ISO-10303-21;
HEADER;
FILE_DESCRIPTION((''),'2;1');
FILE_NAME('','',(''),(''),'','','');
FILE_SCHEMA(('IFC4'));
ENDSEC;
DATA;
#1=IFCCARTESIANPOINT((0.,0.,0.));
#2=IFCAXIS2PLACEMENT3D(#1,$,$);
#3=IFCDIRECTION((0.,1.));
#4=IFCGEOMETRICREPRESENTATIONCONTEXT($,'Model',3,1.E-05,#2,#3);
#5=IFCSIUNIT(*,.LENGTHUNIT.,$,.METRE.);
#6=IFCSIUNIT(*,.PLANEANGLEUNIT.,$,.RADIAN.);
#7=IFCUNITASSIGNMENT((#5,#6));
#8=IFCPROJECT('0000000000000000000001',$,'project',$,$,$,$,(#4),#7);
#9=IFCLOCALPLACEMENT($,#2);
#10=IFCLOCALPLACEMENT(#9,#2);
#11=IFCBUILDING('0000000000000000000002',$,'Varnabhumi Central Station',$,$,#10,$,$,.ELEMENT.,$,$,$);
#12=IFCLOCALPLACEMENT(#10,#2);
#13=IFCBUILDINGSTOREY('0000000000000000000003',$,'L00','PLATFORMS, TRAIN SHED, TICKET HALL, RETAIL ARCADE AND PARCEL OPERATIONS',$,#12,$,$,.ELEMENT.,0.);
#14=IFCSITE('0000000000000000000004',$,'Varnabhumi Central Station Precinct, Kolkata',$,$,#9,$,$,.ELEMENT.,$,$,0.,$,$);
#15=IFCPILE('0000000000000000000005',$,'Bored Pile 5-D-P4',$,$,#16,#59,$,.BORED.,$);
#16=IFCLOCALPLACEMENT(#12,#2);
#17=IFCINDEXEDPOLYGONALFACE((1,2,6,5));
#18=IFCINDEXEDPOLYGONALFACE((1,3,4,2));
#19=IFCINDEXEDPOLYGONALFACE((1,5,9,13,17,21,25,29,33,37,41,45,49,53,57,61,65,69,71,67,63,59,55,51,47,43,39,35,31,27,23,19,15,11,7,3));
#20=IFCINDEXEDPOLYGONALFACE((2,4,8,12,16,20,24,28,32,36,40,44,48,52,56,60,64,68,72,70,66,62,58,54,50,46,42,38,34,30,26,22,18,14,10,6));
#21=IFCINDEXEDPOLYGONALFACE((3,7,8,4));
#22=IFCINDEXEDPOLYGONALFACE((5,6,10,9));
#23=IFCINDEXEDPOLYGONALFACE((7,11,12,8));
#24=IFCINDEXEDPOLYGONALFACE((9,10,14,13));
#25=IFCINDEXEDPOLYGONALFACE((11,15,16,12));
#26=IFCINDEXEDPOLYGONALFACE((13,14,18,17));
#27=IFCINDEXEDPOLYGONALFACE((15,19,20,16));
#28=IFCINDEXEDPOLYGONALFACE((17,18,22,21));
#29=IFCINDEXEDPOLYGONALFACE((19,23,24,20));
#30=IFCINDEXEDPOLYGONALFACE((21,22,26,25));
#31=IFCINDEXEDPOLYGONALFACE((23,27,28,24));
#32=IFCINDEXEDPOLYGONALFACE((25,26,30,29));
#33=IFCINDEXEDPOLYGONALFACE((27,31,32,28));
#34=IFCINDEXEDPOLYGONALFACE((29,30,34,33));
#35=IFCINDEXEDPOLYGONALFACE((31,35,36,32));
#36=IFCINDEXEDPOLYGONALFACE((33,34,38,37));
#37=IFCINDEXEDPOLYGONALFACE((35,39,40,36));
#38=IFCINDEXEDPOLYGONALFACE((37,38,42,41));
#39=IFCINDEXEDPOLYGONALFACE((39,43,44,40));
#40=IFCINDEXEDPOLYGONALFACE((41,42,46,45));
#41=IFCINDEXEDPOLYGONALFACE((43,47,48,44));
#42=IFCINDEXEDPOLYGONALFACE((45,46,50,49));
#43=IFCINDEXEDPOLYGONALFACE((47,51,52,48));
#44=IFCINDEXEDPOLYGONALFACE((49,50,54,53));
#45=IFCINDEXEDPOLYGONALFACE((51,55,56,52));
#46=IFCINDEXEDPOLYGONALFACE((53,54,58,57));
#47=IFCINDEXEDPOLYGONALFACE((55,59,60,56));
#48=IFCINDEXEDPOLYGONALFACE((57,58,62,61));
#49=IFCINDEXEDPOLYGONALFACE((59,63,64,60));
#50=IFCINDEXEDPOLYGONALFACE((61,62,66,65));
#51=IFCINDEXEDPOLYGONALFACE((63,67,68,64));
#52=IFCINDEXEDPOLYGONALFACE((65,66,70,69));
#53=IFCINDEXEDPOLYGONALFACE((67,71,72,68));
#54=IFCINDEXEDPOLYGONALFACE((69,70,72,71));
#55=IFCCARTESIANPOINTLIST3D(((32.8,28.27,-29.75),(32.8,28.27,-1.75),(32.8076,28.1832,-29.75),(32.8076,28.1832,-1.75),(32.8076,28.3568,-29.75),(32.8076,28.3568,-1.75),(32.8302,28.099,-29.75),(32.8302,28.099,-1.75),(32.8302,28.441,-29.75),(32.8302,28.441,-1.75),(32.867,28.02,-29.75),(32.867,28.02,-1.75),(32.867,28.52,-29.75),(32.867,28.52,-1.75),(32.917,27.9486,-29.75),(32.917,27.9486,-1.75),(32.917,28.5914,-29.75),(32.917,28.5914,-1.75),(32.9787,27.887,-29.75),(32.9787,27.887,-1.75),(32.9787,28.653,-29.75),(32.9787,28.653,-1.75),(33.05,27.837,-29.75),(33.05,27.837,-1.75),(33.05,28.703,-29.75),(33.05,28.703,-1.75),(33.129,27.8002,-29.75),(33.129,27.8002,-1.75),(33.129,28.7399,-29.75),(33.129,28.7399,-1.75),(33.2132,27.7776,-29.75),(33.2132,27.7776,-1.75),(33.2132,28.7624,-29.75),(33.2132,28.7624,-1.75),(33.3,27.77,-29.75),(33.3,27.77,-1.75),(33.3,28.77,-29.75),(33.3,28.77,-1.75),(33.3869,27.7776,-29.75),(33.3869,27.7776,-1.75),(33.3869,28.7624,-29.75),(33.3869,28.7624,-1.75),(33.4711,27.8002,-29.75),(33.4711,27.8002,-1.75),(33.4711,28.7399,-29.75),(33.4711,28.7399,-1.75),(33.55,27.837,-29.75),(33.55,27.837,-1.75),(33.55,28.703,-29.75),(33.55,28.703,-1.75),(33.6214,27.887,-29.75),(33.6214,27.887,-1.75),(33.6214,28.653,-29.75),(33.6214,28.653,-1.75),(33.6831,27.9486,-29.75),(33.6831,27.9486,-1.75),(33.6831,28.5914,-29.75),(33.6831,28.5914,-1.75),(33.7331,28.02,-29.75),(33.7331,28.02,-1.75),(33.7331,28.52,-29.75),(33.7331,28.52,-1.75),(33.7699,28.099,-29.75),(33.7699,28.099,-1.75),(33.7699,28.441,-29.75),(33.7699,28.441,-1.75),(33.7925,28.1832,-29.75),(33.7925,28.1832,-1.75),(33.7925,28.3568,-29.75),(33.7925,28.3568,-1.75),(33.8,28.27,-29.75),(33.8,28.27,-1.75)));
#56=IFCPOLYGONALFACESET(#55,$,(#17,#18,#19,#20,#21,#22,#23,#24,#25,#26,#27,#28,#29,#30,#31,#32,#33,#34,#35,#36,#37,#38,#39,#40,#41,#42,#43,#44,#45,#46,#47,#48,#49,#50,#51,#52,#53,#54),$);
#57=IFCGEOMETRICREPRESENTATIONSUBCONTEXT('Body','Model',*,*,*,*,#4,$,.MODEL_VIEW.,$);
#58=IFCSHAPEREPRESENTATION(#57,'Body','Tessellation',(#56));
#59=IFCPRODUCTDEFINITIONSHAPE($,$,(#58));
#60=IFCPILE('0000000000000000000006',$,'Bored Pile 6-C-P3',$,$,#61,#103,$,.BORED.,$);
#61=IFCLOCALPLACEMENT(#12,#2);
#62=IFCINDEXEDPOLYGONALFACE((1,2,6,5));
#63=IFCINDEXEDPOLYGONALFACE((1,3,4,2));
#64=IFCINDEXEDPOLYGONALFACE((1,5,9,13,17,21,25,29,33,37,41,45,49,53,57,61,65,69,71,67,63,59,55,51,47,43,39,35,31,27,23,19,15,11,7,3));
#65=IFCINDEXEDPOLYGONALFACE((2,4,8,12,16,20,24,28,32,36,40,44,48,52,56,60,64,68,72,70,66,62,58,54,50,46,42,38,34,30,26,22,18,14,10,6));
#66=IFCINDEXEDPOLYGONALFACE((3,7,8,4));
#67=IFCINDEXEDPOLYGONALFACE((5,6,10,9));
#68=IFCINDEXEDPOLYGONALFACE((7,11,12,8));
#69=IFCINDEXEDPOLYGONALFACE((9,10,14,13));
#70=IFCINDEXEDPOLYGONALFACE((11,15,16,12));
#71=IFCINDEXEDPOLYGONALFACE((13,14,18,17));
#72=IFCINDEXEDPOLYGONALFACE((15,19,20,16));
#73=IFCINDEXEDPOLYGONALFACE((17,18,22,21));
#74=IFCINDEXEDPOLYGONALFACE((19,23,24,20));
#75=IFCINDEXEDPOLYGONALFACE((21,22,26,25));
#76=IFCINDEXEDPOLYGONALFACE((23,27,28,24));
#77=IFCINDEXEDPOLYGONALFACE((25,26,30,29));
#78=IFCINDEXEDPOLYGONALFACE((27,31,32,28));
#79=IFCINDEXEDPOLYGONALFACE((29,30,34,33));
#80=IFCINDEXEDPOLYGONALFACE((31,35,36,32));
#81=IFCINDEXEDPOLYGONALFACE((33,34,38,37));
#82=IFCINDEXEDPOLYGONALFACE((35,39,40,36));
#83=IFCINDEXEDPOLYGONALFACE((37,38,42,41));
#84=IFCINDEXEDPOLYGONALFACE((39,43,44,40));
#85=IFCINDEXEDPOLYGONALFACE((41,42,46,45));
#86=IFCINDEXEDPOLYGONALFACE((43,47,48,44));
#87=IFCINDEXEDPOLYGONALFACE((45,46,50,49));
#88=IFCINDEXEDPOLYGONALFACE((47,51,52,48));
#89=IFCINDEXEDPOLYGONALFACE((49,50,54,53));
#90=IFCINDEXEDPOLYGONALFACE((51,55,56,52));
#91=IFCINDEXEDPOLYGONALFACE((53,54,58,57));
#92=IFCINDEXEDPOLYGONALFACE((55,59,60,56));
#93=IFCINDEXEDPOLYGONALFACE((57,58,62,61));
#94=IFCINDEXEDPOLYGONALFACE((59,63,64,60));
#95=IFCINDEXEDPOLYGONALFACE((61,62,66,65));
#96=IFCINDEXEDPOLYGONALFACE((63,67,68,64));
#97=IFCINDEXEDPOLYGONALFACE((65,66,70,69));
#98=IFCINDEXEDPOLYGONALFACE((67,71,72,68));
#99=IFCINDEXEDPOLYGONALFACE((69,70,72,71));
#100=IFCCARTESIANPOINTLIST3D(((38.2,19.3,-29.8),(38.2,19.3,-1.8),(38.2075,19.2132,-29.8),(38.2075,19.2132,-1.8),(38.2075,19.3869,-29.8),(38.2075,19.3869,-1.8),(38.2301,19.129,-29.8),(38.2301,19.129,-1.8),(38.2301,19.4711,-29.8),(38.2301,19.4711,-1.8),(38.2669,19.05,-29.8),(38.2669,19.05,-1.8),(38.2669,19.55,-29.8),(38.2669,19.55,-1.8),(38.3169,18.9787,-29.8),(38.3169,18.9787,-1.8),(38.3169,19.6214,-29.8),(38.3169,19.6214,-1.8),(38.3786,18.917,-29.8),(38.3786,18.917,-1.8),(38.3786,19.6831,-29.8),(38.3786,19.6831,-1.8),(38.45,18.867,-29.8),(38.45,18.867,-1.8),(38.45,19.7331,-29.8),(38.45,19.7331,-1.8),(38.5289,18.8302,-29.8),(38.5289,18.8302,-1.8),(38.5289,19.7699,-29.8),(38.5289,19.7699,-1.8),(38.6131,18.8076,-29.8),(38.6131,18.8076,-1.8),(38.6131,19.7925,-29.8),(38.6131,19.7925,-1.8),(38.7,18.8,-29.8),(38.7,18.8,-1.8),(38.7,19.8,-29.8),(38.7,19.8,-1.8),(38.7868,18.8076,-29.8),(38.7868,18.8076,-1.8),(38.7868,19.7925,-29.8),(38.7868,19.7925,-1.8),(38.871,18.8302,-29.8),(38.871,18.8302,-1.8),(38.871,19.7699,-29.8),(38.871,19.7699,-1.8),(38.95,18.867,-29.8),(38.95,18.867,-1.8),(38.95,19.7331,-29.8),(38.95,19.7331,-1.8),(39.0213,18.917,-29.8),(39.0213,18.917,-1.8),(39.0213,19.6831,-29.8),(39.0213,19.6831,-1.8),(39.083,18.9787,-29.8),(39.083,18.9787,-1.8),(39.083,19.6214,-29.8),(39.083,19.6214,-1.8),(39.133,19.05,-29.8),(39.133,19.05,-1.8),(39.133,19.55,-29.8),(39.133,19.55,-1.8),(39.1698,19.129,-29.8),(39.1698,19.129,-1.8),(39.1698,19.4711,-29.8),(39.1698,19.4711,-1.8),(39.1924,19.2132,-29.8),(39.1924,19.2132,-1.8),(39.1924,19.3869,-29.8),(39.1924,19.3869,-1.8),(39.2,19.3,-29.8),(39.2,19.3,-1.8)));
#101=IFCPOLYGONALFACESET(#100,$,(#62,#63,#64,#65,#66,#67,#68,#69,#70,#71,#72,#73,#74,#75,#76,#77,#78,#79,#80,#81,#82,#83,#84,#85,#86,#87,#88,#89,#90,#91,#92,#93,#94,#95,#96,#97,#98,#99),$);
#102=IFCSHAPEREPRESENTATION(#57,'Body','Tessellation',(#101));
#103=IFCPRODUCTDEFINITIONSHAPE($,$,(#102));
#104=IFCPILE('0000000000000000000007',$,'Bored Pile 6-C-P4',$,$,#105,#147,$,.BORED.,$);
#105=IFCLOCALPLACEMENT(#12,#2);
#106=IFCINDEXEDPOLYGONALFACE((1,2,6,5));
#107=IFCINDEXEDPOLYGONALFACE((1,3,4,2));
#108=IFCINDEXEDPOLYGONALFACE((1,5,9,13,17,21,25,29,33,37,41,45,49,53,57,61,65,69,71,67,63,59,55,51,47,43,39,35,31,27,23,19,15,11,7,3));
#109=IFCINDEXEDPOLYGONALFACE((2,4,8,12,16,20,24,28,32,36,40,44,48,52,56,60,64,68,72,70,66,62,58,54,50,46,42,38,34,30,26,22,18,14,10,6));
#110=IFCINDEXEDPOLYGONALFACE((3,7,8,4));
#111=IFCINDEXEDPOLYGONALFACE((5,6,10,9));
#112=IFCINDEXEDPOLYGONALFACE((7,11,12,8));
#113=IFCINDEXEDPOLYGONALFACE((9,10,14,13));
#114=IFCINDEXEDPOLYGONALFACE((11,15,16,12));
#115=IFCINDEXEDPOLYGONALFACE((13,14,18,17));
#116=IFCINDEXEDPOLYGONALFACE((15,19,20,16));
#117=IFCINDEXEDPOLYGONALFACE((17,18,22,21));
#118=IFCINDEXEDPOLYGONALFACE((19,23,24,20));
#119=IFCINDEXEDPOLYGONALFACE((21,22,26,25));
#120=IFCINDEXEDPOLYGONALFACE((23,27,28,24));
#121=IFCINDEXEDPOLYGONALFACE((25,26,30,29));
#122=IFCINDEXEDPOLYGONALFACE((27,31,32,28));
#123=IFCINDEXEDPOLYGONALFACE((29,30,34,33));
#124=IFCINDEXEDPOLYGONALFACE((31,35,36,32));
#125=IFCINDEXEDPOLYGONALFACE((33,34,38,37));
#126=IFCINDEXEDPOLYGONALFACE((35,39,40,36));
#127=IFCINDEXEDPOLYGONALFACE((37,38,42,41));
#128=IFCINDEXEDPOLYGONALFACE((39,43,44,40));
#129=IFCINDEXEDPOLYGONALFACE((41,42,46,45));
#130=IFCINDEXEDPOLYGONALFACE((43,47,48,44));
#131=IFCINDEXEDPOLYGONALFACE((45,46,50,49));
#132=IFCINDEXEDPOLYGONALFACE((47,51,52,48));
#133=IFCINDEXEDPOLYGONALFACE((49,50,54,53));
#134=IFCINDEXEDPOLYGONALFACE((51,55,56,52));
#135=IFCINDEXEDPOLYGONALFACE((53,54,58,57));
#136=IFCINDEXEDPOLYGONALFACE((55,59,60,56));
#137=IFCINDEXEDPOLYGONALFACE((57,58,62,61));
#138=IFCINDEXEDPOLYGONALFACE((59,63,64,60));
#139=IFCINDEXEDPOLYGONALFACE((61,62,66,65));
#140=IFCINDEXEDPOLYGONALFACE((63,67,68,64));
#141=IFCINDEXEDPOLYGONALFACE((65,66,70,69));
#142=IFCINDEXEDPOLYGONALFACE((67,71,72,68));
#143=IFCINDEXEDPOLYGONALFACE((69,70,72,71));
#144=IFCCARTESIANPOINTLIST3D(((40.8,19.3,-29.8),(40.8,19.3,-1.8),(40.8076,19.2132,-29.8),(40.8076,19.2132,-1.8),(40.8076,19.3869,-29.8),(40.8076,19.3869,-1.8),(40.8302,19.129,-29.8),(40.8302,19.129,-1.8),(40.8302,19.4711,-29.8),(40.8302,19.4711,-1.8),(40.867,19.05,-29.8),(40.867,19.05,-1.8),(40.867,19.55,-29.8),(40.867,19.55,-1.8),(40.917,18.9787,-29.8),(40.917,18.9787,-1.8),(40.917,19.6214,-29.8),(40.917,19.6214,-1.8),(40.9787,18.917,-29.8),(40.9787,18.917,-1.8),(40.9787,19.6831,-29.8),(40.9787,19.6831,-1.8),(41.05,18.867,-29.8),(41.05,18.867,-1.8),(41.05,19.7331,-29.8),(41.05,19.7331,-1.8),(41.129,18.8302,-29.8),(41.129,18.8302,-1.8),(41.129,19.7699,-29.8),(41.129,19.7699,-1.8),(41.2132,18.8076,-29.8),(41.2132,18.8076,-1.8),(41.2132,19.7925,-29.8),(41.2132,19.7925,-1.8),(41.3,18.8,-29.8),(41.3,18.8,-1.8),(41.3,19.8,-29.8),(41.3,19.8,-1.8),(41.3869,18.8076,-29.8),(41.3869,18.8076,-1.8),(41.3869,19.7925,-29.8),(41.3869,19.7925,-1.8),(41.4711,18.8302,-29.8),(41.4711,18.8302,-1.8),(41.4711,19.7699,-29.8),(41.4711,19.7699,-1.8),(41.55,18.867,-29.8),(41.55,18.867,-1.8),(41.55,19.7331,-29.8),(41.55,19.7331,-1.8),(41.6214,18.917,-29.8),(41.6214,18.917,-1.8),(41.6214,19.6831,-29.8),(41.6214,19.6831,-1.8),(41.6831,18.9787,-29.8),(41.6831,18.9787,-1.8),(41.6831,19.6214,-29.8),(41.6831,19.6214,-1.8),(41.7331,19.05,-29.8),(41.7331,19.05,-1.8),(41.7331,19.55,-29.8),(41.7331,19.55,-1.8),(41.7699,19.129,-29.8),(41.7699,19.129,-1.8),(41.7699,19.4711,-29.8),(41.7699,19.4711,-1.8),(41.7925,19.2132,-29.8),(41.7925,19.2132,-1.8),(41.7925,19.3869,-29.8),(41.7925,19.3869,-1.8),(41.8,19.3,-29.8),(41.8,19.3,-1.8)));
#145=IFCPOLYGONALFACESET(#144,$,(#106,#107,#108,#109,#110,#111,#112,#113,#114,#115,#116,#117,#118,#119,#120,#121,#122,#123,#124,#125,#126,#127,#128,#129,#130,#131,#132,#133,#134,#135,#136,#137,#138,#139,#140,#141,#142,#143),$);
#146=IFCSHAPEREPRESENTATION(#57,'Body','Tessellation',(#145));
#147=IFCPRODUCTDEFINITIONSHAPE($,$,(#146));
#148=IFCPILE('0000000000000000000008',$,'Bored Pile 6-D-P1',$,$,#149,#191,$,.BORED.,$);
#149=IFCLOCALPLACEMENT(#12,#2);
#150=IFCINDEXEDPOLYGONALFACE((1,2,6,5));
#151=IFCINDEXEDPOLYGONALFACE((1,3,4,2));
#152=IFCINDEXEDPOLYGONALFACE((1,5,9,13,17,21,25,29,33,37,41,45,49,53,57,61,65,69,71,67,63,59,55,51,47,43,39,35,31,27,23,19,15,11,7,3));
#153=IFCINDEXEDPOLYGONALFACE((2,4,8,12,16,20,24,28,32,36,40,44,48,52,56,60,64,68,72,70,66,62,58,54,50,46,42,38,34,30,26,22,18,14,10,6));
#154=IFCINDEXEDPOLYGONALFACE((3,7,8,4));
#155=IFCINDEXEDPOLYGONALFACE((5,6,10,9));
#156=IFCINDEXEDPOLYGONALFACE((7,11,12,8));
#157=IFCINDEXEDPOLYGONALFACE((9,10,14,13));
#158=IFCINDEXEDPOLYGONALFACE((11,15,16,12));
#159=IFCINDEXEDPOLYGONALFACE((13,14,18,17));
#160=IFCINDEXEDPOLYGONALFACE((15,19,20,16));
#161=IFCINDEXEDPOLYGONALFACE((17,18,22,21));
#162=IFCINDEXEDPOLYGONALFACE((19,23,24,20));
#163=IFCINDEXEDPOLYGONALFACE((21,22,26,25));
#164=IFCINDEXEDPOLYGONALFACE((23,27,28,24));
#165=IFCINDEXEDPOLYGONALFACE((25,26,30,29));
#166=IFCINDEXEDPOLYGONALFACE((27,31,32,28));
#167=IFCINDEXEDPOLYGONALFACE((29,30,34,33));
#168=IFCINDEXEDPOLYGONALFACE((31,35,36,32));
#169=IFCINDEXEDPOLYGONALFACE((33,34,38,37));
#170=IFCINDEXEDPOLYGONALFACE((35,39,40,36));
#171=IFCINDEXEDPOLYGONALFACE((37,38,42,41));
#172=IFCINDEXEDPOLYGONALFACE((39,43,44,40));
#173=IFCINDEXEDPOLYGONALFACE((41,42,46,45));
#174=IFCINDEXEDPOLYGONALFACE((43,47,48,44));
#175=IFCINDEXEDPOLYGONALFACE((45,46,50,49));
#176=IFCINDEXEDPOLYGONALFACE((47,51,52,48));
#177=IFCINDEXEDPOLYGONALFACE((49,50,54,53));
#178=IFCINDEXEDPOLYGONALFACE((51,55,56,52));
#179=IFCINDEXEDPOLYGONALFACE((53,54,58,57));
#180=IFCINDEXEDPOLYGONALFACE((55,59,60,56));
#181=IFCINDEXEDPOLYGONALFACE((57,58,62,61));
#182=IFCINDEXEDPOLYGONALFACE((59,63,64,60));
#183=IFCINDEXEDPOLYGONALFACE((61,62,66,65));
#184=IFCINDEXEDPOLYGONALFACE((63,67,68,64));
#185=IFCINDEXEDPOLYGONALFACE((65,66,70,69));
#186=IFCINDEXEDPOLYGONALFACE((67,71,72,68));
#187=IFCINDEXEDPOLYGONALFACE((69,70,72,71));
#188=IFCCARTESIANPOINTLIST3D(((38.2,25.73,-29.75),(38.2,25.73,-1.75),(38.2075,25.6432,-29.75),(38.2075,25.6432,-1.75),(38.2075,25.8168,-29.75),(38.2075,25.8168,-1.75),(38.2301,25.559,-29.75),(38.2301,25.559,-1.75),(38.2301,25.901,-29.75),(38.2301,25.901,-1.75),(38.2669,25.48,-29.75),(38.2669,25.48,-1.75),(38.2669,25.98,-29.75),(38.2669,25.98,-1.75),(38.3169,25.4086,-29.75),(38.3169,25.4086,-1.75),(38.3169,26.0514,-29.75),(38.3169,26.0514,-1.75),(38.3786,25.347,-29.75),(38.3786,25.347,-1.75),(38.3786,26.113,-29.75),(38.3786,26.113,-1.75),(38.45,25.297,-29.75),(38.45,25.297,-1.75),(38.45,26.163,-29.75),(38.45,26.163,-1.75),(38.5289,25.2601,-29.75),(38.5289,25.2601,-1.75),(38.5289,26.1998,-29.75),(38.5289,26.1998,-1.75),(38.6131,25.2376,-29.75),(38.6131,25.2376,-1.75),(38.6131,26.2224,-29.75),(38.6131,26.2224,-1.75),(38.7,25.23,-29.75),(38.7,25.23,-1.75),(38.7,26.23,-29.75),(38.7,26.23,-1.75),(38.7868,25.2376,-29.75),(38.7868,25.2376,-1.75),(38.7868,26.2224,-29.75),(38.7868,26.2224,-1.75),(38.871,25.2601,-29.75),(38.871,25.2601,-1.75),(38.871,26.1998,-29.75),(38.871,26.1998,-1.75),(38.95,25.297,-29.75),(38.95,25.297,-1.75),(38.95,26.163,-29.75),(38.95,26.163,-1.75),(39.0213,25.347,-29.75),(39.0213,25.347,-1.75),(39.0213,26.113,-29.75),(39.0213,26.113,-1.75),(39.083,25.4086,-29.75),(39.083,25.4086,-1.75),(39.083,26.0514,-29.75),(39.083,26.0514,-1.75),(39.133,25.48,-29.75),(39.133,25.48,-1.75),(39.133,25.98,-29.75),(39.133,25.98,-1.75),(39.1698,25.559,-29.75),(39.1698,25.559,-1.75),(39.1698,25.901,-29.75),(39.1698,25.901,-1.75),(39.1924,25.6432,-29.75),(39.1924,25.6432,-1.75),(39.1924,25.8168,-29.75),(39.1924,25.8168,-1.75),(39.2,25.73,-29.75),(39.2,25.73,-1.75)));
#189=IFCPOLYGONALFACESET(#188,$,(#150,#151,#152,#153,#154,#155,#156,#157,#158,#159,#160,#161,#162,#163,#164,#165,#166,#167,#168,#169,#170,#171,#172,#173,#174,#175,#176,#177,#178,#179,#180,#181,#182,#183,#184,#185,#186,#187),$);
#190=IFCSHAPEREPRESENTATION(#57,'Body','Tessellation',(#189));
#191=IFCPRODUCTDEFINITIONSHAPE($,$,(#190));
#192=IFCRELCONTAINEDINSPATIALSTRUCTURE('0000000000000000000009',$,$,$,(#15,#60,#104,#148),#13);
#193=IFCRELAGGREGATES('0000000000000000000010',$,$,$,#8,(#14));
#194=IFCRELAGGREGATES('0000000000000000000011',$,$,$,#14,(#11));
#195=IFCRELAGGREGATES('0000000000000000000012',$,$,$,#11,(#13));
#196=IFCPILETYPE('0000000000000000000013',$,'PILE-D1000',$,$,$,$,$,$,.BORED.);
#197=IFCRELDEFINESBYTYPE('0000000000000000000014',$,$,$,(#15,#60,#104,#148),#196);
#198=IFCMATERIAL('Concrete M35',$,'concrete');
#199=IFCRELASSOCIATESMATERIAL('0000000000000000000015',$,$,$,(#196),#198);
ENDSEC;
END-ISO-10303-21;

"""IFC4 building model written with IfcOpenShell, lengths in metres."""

from ifc_helpers import new_model, si_unit, direction, frame, origin, origin_2d, place, context, subcontext, project, spatial, circle, extrude, material, material_profile, profile_set, type_object, element, save


model = new_model("IFC4")

# Units and contexts
model_context = context("Model", 3, precision=1e-05, world=origin(), true_north=direction((0.0, 1.0)))
body_context = subcontext(model_context, "Body", "Model", "MODEL_VIEW")
ifc_project = project(units=[si_unit("LENGTHUNIT", "METRE"), si_unit("PLANEANGLEUNIT", "RADIAN")], contexts=[model_context])

# Site, building, storey
site_placement = place(None, origin())
site = spatial("IfcSite", under=ifc_project, at=site_placement, Name="Varnabhumi Central Station Precinct, Kolkata", CompositionType="ELEMENT", RefElevation=0.0)
building_placement = place(site_placement, origin())
building = spatial("IfcBuilding", under=site, at=building_placement, Name="Varnabhumi Central Station", CompositionType="ELEMENT")
storey_placement = place(building_placement, origin())
storey = spatial("IfcBuildingStorey", under=building, at=storey_placement, Name="L00", Description="PLATFORMS, TRAIN SHED, TICKET HALL, RETAIL ARCADE AND PARCEL OPERATIONS", CompositionType="ELEMENT", Elevation=0.0)

# Piles
ifc_material_1 = material(Name="Concrete M35", Category="concrete")
ifc_material_profile_1 = material_profile(ifc_material_1, circle(Radius=0.5, at=origin_2d()), Name="Concrete M35", Category="concrete")
ifc_profile_set_1 = profile_set([ifc_material_profile_1], Name="Concrete M35")
pile_type_1 = type_object("IfcPileType", Name="PILE-D1000", PredefinedType="BORED", material=ifc_profile_set_1)
for number, where, z_axis, x_axis, name in (
    (1, (33.3, 28.27, -1.75), (0.0, 0.0, -1.0), (1.0, 0.0, 0.0), "Bored Pile 5-D-P4"),
    (2, (38.7, 19.3, -1.8), (0.0, 0.0, -1.0), (1.0, 0.0, 0.0), "Bored Pile 6-C-P3"),
    (3, (41.3, 19.3, -1.8), (0.0, 0.0, -1.0), (1.0, 0.0, 0.0), "Bored Pile 6-C-P4"),
    (4, (38.7, 25.73, -1.75), (0.0, 0.0, -1.0), (1.0, 0.0, 0.0), "Bored Pile 6-D-P1"),
):
    element("IfcPile", number, at=place(storey_placement, frame(where, z_axis=z_axis, x_axis=x_axis)), inside=storey, type_object=pile_type_1, Name=name, PredefinedType="BORED", context=body_context, shape_type="SweptSolid", body=[
        extrude(circle(Radius=0.5, at=origin_2d()), origin(), (0.0, 0.0, 1.0), 28.0),
    ])

save(model, "model.ifc")
